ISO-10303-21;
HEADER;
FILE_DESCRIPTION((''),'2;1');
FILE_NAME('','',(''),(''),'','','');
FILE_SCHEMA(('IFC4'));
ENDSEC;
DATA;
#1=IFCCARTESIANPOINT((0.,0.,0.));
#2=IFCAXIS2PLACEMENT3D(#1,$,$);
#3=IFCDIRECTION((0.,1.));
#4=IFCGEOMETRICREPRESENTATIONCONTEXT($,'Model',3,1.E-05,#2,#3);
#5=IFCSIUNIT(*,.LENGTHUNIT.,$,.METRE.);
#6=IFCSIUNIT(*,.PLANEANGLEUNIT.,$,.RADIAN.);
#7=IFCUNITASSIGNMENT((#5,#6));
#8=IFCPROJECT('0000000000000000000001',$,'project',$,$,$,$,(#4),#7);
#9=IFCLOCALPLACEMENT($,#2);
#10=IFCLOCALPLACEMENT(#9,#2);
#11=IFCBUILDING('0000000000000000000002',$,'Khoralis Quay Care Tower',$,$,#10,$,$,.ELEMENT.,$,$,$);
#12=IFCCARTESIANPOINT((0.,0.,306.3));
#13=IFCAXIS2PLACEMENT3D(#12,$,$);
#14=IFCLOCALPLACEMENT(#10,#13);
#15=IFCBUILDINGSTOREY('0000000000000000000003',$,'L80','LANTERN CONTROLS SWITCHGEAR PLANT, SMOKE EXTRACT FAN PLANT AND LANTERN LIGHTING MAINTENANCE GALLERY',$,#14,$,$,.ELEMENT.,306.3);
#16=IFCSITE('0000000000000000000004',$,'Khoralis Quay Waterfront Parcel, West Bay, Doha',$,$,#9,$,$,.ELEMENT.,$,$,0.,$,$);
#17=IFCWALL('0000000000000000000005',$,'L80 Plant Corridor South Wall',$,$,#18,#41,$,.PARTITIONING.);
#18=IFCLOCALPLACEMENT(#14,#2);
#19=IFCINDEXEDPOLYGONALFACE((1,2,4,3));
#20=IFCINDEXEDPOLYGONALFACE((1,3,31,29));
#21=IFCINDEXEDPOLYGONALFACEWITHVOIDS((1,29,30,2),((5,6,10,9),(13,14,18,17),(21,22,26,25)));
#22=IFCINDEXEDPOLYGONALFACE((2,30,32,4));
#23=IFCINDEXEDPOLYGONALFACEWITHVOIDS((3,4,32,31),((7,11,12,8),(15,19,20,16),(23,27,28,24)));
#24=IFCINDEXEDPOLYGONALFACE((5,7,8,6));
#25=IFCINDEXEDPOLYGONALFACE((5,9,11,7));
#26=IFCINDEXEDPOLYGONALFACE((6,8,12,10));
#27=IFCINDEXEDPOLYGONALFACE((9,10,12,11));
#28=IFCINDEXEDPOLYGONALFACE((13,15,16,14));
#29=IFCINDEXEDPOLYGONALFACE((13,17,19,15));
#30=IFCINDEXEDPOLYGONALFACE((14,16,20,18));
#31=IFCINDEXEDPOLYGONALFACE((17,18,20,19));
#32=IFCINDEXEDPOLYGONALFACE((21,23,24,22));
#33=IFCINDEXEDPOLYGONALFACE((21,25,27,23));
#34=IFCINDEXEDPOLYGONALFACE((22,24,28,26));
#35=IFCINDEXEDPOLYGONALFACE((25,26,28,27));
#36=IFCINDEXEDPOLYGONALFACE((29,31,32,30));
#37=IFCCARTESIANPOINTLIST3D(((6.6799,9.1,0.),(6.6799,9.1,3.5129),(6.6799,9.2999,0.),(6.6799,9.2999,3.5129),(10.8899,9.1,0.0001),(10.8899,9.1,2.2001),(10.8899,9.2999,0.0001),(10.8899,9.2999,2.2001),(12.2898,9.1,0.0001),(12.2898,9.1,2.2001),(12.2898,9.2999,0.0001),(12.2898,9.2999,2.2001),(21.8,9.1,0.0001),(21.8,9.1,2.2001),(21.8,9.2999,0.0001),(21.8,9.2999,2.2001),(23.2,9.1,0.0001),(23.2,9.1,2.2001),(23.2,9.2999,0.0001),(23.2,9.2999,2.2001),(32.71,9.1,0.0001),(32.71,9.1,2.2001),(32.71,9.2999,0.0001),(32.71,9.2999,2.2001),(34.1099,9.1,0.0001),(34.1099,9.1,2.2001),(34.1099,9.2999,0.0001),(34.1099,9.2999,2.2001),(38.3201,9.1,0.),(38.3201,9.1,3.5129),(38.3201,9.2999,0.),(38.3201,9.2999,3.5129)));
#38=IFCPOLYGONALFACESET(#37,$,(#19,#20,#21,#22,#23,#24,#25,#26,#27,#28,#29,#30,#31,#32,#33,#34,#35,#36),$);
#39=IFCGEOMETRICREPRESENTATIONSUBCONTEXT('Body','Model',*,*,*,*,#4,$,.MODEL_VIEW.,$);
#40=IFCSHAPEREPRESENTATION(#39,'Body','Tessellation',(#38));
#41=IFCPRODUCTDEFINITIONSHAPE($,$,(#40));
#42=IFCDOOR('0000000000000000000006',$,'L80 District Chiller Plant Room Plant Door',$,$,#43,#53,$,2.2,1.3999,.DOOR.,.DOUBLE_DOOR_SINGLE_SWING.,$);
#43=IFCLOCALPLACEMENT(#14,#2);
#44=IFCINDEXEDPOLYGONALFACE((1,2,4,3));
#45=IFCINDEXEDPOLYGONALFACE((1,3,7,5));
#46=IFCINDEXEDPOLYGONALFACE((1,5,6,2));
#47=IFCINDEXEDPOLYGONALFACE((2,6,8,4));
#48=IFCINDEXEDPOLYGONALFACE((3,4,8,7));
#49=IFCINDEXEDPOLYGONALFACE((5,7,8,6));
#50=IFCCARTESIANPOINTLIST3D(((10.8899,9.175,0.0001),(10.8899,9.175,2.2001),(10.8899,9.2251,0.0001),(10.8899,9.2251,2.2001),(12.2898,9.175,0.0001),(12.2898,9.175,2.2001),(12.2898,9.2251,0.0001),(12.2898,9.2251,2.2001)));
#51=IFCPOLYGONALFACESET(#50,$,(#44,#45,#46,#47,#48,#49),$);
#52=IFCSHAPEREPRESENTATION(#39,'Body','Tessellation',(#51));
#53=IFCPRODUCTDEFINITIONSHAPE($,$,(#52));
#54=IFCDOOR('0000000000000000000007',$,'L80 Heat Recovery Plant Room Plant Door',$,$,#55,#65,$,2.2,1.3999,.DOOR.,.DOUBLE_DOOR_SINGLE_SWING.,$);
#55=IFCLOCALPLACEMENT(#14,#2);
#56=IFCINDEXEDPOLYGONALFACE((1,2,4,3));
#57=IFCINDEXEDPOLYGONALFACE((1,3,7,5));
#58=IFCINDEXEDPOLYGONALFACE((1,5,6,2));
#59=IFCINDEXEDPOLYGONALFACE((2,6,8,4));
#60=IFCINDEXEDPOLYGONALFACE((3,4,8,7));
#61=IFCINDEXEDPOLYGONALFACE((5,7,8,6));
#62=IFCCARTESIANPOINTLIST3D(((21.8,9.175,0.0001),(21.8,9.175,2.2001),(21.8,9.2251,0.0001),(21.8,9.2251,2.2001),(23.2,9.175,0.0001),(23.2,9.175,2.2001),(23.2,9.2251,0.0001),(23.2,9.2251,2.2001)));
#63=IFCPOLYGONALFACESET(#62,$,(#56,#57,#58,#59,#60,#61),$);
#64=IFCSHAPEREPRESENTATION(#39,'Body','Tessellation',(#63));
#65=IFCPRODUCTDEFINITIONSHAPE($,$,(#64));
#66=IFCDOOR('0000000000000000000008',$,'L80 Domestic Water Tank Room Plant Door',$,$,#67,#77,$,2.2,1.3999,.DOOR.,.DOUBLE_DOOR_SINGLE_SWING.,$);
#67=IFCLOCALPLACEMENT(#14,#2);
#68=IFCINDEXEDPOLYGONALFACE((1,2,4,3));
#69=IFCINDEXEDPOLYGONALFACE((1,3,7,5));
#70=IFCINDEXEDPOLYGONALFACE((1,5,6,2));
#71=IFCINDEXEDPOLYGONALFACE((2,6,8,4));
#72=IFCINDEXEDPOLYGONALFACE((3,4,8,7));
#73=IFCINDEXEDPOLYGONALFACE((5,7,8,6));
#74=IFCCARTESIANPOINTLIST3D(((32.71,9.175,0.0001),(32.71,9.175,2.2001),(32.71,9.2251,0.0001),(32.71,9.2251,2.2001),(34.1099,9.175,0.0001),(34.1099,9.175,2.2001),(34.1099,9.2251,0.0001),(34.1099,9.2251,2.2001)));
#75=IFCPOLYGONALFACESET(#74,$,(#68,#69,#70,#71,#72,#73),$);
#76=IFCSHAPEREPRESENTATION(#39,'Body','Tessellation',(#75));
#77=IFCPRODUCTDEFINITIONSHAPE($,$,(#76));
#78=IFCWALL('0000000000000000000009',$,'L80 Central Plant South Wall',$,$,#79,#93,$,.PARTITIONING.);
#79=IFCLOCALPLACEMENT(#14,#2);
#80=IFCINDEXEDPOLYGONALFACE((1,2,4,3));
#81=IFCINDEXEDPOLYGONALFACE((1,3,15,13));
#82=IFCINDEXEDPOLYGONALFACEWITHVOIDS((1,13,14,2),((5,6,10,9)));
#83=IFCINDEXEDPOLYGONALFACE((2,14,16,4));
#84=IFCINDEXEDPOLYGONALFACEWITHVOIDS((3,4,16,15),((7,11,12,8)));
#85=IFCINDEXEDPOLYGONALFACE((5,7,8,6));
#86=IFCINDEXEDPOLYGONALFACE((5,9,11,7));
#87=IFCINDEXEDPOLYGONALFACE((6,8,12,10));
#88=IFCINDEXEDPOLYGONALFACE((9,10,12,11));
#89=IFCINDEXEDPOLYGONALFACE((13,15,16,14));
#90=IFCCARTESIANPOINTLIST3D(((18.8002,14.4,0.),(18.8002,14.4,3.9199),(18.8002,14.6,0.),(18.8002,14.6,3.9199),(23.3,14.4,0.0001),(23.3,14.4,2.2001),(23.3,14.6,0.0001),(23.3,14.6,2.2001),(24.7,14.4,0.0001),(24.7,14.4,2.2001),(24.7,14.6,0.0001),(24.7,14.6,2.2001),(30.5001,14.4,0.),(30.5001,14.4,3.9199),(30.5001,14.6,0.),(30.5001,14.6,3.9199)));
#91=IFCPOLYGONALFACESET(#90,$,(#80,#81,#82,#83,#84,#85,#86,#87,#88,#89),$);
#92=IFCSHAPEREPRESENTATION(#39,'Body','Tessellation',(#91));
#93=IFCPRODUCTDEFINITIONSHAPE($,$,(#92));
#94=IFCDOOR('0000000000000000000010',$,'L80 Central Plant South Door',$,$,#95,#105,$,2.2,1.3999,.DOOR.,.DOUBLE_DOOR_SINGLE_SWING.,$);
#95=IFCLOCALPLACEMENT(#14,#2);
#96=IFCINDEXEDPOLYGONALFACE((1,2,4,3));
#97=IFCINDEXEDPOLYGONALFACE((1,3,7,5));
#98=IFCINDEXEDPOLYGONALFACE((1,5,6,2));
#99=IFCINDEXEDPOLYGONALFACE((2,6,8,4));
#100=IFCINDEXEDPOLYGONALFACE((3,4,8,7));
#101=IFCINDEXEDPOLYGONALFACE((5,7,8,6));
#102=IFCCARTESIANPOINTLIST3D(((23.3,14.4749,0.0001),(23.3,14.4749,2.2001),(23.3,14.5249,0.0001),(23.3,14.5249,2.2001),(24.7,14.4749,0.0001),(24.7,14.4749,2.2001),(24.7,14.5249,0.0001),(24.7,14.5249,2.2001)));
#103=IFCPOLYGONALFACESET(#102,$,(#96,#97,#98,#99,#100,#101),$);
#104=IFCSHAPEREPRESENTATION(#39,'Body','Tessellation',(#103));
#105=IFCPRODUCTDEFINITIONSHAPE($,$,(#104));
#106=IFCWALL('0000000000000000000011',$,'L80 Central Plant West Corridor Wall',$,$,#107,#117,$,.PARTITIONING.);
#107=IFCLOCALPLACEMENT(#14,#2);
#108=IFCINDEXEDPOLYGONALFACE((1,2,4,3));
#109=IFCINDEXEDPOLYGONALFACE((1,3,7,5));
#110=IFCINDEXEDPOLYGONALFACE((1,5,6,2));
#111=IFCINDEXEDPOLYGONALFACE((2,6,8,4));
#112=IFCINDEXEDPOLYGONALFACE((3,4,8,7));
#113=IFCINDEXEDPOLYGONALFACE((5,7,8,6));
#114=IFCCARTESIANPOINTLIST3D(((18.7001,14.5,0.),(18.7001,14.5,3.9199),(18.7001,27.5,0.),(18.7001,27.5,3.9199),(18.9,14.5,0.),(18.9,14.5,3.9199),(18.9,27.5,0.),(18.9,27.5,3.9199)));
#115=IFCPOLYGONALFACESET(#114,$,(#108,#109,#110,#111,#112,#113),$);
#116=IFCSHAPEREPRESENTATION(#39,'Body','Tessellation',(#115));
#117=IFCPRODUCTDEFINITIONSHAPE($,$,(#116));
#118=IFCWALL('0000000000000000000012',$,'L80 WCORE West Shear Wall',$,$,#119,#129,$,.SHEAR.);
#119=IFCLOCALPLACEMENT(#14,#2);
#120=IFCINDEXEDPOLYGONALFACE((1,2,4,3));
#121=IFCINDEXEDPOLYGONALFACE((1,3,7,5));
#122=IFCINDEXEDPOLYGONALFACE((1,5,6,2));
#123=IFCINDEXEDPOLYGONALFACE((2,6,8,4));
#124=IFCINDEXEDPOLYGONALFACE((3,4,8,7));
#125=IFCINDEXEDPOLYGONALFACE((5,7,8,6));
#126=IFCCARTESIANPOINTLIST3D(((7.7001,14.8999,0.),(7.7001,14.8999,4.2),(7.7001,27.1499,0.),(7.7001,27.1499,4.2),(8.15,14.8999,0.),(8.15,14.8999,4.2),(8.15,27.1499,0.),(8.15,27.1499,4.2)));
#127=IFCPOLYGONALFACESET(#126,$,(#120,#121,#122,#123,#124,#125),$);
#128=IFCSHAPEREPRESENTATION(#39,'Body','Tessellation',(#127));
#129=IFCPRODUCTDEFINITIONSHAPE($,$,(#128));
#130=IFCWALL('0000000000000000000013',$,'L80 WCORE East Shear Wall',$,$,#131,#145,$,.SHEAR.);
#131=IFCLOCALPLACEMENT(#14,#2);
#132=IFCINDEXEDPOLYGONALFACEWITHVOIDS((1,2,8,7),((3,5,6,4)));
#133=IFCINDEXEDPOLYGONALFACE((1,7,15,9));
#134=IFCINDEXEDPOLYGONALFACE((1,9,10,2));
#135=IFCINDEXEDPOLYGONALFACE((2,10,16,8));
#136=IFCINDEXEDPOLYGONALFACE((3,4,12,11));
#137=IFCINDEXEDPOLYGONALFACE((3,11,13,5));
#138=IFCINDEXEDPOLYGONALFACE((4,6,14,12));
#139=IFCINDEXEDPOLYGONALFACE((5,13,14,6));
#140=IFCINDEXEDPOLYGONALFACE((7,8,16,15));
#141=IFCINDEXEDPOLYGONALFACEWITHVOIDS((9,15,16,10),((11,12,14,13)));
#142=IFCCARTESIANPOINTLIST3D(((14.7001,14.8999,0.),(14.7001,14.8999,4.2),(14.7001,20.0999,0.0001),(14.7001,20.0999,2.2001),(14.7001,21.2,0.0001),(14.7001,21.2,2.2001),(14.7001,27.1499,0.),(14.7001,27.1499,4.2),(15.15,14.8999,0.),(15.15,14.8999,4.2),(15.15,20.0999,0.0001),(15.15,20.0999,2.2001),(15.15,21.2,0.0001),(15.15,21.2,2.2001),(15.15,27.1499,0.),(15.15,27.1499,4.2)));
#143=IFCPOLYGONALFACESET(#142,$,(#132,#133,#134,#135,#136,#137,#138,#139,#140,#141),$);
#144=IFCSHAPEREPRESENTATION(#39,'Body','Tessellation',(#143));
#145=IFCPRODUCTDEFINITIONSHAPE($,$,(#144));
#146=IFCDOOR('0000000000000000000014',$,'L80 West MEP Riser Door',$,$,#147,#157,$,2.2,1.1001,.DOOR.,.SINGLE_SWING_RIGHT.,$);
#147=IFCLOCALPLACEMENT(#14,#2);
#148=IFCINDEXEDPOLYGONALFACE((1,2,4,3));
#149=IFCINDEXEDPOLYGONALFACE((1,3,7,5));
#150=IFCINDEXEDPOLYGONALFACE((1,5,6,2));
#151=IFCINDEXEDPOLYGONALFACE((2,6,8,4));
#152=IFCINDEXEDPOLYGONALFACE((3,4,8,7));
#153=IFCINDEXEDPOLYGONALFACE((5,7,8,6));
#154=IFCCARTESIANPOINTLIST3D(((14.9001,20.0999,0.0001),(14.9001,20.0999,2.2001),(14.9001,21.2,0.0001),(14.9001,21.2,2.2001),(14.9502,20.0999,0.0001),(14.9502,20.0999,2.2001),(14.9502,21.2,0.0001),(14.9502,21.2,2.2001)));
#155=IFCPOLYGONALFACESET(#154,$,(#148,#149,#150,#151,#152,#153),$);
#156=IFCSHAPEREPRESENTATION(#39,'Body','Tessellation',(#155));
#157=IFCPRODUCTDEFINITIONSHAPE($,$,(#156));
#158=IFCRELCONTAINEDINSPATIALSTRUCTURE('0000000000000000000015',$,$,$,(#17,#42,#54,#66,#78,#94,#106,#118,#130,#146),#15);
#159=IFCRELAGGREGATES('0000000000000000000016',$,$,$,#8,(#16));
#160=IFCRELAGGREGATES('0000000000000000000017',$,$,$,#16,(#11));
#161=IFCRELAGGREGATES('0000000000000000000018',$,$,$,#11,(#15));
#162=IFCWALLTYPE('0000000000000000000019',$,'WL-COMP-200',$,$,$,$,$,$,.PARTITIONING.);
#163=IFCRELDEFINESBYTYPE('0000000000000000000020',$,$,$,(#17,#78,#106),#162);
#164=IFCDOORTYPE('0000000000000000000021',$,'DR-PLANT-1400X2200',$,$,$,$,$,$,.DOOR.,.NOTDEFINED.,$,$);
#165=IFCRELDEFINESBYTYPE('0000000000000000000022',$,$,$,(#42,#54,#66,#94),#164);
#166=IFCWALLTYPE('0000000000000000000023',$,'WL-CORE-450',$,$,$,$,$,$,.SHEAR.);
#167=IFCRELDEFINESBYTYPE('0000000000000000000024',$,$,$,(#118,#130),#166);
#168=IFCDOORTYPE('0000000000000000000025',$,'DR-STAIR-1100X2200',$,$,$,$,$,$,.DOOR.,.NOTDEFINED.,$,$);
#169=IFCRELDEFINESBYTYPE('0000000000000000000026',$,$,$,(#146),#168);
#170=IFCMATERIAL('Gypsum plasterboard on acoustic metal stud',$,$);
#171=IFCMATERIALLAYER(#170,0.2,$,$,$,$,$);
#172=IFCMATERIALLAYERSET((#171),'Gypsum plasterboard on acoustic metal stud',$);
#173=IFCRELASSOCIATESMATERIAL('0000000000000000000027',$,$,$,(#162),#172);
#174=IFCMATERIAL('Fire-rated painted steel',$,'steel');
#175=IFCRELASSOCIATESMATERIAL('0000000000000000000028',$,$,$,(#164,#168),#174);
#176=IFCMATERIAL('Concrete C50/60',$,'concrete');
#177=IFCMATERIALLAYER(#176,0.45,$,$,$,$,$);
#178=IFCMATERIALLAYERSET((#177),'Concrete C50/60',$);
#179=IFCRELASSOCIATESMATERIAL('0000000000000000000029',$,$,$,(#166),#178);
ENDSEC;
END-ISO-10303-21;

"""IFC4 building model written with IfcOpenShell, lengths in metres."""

from ifc_helpers import new_model, si_unit, direction, frame, frame_2d, origin, place, context, subcontext, project, spatial, rectangle, extrude, source, transform, mapped, material, layer, layer_set, type_object, element, fill, save


model = new_model("IFC4")

# Units and contexts
model_context = context("Model", 3, precision=1e-05, world=origin(), true_north=direction((0.0, 1.0)))
body_context = subcontext(model_context, "Body", "Model", "MODEL_VIEW")
ifc_project = project(units=[si_unit("LENGTHUNIT", "METRE"), si_unit("PLANEANGLEUNIT", "RADIAN")], contexts=[model_context])

# Site, building, storey
site_placement = place(None, origin())
site = spatial("IfcSite", under=ifc_project, at=site_placement, Name="Khoralis Quay Waterfront Parcel, West Bay, Doha", CompositionType="ELEMENT", RefElevation=0.0)
building_placement = place(site_placement, origin())
building = spatial("IfcBuilding", under=site, at=building_placement, Name="Khoralis Quay Care Tower", CompositionType="ELEMENT")
storey_placement = place(building_placement, frame((0.0, 0.0, 306.3)))
storey = spatial("IfcBuildingStorey", under=building, at=storey_placement, Name="L80", Description="LANTERN CONTROLS SWITCHGEAR PLANT, SMOKE EXTRACT FAN PLANT AND LANTERN LIGHTING MAINTENANCE GALLERY", CompositionType="ELEMENT", Elevation=306.3)

# Shared definitions
ifc_material_1 = material(Name="Concrete C50/60", Category="concrete")

# Shared definitions
ifc_material_2 = material(Name="Gypsum plasterboard on acoustic metal stud")
ifc_layer_1 = layer(ifc_material_2, 0.2)
ifc_layer_set_1 = layer_set([ifc_layer_1], Name="Gypsum plasterboard on acoustic metal stud")
wall_type_1 = type_object("IfcWallType", Name="WL-COMP-200", PredefinedType="PARTITIONING", material=ifc_layer_set_1)
ifc_material_3 = material(Name="Fire-rated painted steel", Category="steel")

# Wall, openings, doors
wall_1_placement = place(storey_placement, frame((6.6799, 9.2, 0.0), z_axis=(0.0, 0.0, 1.0), x_axis=(1.0, 0.0, 0.0)))
wall_1 = element("IfcWall", 1, at=wall_1_placement, inside=storey, type_object=wall_type_1, Name="L80 Plant Corridor South Wall", PredefinedType="PARTITIONING", context=body_context, shape_type="SweptSolid", body=[
    extrude(rectangle(XDim=31.6401, YDim=0.2, at=frame_2d((15.8201, 0.0))), origin(), (0.0, 0.0, 1.0), 3.5129),
])
opening_1_placement = place(wall_1_placement, frame((4.21, 0.0, 0.0)))
opening_1 = element("IfcOpeningElement", 2, at=opening_1_placement, cuts=wall_1, PredefinedType="OPENING", context=body_context, shape_type="SweptSolid", body=[
    extrude(rectangle(XDim=1.3999, YDim=2.2, at=frame_2d((0.7, 1.1001))), frame((0.0, 0.1099, 0.0), z_axis=(0.0, -1.0, 0.0), x_axis=(1.0, 0.0, 0.0)), (0.0, 0.0, 1.0), 0.22),
])
opening_2_placement = place(wall_1_placement, frame((15.1201, 0.0, 0.0)))
opening_2 = element("IfcOpeningElement", 3, at=opening_2_placement, cuts=wall_1, PredefinedType="OPENING", context=body_context, shape_type="SweptSolid", body=[
    extrude(rectangle(XDim=1.3999, YDim=2.2, at=frame_2d((0.7, 1.1001))), frame((0.0, 0.1099, 0.0), z_axis=(0.0, -1.0, 0.0), x_axis=(1.0, 0.0, 0.0)), (0.0, 0.0, 1.0), 0.22),
])
opening_3_placement = place(wall_1_placement, frame((26.03, 0.0, 0.0)))
opening_3 = element("IfcOpeningElement", 4, at=opening_3_placement, cuts=wall_1, PredefinedType="OPENING", context=body_context, shape_type="SweptSolid", body=[
    extrude(rectangle(XDim=1.3999, YDim=2.2, at=frame_2d((0.7, 1.1001))), frame((0.0, 0.1099, 0.0), z_axis=(0.0, -1.0, 0.0), x_axis=(1.0, 0.0, 0.0)), (0.0, 0.0, 1.0), 0.22),
])
door_type_1 = type_object("IfcDoorType", Name="DR-PLANT-1400X2200", OperationType="NOTDEFINED", PredefinedType="DOOR", material=ifc_material_3)
shared_shape_1 = source(origin(), body_context, "Body", "SweptSolid", [
    extrude(rectangle(XDim=1.3999, YDim=2.2, at=frame_2d((0.7, 1.1001))), frame((0.0, 0.0249, 0.0), z_axis=(0.0, -1.0, 0.0), x_axis=(1.0, 0.0, 0.0)), (0.0, 0.0, 1.0), 0.05),
])
door_1_placement = place(opening_1_placement, frame((1.3999, 0.0, 0.0), z_axis=(0.0, 0.0, 1.0), x_axis=(-1.0, 0.0, 0.0)))
door_1 = element("IfcDoor", 5, at=door_1_placement, inside=storey, type_object=door_type_1, Name="L80 District Chiller Plant Room Plant Door", OperationType="DOUBLE_DOOR_SINGLE_SWING", OverallHeight=2.2, OverallWidth=1.3999, PredefinedType="DOOR", context=body_context, shape_type="MappedRepresentation", body=[
    mapped(shared_shape_1, transform((0.0, 0.0, 0.0), scale=1.0)),
])
fill(opening_1, door_1)
door_2_placement = place(opening_2_placement, frame((1.3999, 0.0, 0.0), z_axis=(0.0, 0.0, 1.0), x_axis=(-1.0, 0.0, 0.0)))
door_2 = element("IfcDoor", 6, at=door_2_placement, inside=storey, type_object=door_type_1, Name="L80 Heat Recovery Plant Room Plant Door", OperationType="DOUBLE_DOOR_SINGLE_SWING", OverallHeight=2.2, OverallWidth=1.3999, PredefinedType="DOOR", context=body_context, shape_type="MappedRepresentation", body=[
    mapped(shared_shape_1, transform((0.0, 0.0, 0.0), scale=1.0)),
])
fill(opening_2, door_2)
door_3_placement = place(opening_3_placement, frame((1.3999, 0.0, 0.0), z_axis=(0.0, 0.0, 1.0), x_axis=(-1.0, 0.0, 0.0)))
door_3 = element("IfcDoor", 7, at=door_3_placement, inside=storey, type_object=door_type_1, Name="L80 Domestic Water Tank Room Plant Door", OperationType="DOUBLE_DOOR_SINGLE_SWING", OverallHeight=2.2, OverallWidth=1.3999, PredefinedType="DOOR", context=body_context, shape_type="MappedRepresentation", body=[
    mapped(shared_shape_1, transform((0.0, 0.0, 0.0), scale=1.0)),
])
fill(opening_3, door_3)

# Wall, opening, door
wall_2_placement = place(storey_placement, frame((18.8, 14.5, 0.0), z_axis=(0.0, 0.0, 1.0), x_axis=(1.0, 0.0, 0.0)))
wall_2 = element("IfcWall", 8, at=wall_2_placement, inside=storey, type_object=wall_type_1, Name="L80 Central Plant South Wall", PredefinedType="PARTITIONING", context=body_context, shape_type="SweptSolid", body=[
    extrude(rectangle(XDim=11.7, YDim=0.2, at=frame_2d((5.8501, 0.0))), origin(), (0.0, 0.0, 1.0), 3.9199),
])
opening_4_placement = place(wall_2_placement, frame((4.5, 0.0, 0.0)))
opening_4 = element("IfcOpeningElement", 9, at=opening_4_placement, cuts=wall_2, PredefinedType="OPENING", context=body_context, shape_type="SweptSolid", body=[
    extrude(rectangle(XDim=1.3999, YDim=2.2, at=frame_2d((0.7, 1.1001))), frame((0.0, 0.1099, 0.0), z_axis=(0.0, -1.0, 0.0), x_axis=(1.0, 0.0, 0.0)), (0.0, 0.0, 1.0), 0.22),
])
door_4_placement = place(opening_4_placement, origin())
door_4 = element("IfcDoor", 10, at=door_4_placement, inside=storey, type_object=door_type_1, Name="L80 Central Plant South Door", OperationType="DOUBLE_DOOR_SINGLE_SWING", OverallHeight=2.2, OverallWidth=1.3999, PredefinedType="DOOR", context=body_context, shape_type="MappedRepresentation", body=[
    mapped(shared_shape_1, transform((0.0, 0.0, 0.0), scale=1.0)),
])
fill(opening_4, door_4)

# Walls
wall_3_placement = place(storey_placement, frame((18.8, 14.5, 0.0), z_axis=(0.0, 0.0, 1.0), x_axis=(0.0, 1.0, 0.0)))
element("IfcWall", 11, at=wall_3_placement, inside=storey, type_object=wall_type_1, Name="L80 Central Plant West Corridor Wall", PredefinedType="PARTITIONING", context=body_context, shape_type="SweptSolid", body=[
    extrude(rectangle(XDim=13.0, YDim=0.2, at=frame_2d((6.5, 0.0))), origin(), (0.0, 0.0, 1.0), 3.9199),
])
ifc_layer_2 = layer(ifc_material_1, 0.45)
ifc_layer_set_2 = layer_set([ifc_layer_2], Name="Concrete C50/60")
wall_type_2 = type_object("IfcWallType", Name="WL-CORE-450", PredefinedType="SHEAR", material=ifc_layer_set_2)
wall_4_placement = place(storey_placement, frame((7.925, 14.8999, 0.0), z_axis=(0.0, 0.0, 1.0), x_axis=(0.0, 1.0, 0.0)))
element("IfcWall", 12, at=wall_4_placement, inside=storey, type_object=wall_type_2, Name="L80 WCORE West Shear Wall", PredefinedType="SHEAR", context=body_context, shape_type="SweptSolid", body=[
    extrude(rectangle(XDim=12.25, YDim=0.45, at=frame_2d((6.125, 0.0))), origin(), (0.0, 0.0, 1.0), 4.2),
])

# Wall, opening, door
wall_5_placement = place(storey_placement, frame((14.925, 14.8999, 0.0), z_axis=(0.0, 0.0, 1.0), x_axis=(0.0, 1.0, 0.0)))
wall_5 = element("IfcWall", 13, at=wall_5_placement, inside=storey, type_object=wall_type_2, Name="L80 WCORE East Shear Wall", PredefinedType="SHEAR", context=body_context, shape_type="SweptSolid", body=[
    extrude(rectangle(XDim=12.25, YDim=0.45, at=frame_2d((6.125, 0.0))), origin(), (0.0, 0.0, 1.0), 4.2),
])
opening_5_placement = place(wall_5_placement, frame((5.2, 0.0, 0.0)))
opening_5 = element("IfcOpeningElement", 14, at=opening_5_placement, cuts=wall_5, PredefinedType="OPENING", context=body_context, shape_type="SweptSolid", body=[
    extrude(rectangle(XDim=1.1001, YDim=2.2, at=frame_2d((0.55, 1.1001))), frame((0.0, 0.2349, 0.0), z_axis=(0.0, -1.0, 0.0), x_axis=(1.0, 0.0, 0.0)), (0.0, 0.0, 1.0), 0.47),
])
door_type_2 = type_object("IfcDoorType", Name="DR-STAIR-1100X2200", OperationType="NOTDEFINED", PredefinedType="DOOR", material=ifc_material_3)
shared_shape_2 = source(origin(), body_context, "Body", "SweptSolid", [
    extrude(rectangle(XDim=1.1001, YDim=2.2, at=frame_2d((0.55, 1.1001))), frame((0.0, 0.0249, 0.0), z_axis=(0.0, -1.0, 0.0), x_axis=(1.0, 0.0, 0.0)), (0.0, 0.0, 1.0), 0.05),
])
door_5_placement = place(opening_5_placement, origin())
door_5 = element("IfcDoor", 15, at=door_5_placement, inside=storey, type_object=door_type_2, Name="L80 West MEP Riser Door", OperationType="SINGLE_SWING_RIGHT", OverallHeight=2.2, OverallWidth=1.1001, PredefinedType="DOOR", context=body_context, shape_type="MappedRepresentation", body=[
    mapped(shared_shape_2, transform((0.0, 0.0, 0.0), scale=1.0)),
])
fill(opening_5, door_5)

save(model, "model.ifc")
